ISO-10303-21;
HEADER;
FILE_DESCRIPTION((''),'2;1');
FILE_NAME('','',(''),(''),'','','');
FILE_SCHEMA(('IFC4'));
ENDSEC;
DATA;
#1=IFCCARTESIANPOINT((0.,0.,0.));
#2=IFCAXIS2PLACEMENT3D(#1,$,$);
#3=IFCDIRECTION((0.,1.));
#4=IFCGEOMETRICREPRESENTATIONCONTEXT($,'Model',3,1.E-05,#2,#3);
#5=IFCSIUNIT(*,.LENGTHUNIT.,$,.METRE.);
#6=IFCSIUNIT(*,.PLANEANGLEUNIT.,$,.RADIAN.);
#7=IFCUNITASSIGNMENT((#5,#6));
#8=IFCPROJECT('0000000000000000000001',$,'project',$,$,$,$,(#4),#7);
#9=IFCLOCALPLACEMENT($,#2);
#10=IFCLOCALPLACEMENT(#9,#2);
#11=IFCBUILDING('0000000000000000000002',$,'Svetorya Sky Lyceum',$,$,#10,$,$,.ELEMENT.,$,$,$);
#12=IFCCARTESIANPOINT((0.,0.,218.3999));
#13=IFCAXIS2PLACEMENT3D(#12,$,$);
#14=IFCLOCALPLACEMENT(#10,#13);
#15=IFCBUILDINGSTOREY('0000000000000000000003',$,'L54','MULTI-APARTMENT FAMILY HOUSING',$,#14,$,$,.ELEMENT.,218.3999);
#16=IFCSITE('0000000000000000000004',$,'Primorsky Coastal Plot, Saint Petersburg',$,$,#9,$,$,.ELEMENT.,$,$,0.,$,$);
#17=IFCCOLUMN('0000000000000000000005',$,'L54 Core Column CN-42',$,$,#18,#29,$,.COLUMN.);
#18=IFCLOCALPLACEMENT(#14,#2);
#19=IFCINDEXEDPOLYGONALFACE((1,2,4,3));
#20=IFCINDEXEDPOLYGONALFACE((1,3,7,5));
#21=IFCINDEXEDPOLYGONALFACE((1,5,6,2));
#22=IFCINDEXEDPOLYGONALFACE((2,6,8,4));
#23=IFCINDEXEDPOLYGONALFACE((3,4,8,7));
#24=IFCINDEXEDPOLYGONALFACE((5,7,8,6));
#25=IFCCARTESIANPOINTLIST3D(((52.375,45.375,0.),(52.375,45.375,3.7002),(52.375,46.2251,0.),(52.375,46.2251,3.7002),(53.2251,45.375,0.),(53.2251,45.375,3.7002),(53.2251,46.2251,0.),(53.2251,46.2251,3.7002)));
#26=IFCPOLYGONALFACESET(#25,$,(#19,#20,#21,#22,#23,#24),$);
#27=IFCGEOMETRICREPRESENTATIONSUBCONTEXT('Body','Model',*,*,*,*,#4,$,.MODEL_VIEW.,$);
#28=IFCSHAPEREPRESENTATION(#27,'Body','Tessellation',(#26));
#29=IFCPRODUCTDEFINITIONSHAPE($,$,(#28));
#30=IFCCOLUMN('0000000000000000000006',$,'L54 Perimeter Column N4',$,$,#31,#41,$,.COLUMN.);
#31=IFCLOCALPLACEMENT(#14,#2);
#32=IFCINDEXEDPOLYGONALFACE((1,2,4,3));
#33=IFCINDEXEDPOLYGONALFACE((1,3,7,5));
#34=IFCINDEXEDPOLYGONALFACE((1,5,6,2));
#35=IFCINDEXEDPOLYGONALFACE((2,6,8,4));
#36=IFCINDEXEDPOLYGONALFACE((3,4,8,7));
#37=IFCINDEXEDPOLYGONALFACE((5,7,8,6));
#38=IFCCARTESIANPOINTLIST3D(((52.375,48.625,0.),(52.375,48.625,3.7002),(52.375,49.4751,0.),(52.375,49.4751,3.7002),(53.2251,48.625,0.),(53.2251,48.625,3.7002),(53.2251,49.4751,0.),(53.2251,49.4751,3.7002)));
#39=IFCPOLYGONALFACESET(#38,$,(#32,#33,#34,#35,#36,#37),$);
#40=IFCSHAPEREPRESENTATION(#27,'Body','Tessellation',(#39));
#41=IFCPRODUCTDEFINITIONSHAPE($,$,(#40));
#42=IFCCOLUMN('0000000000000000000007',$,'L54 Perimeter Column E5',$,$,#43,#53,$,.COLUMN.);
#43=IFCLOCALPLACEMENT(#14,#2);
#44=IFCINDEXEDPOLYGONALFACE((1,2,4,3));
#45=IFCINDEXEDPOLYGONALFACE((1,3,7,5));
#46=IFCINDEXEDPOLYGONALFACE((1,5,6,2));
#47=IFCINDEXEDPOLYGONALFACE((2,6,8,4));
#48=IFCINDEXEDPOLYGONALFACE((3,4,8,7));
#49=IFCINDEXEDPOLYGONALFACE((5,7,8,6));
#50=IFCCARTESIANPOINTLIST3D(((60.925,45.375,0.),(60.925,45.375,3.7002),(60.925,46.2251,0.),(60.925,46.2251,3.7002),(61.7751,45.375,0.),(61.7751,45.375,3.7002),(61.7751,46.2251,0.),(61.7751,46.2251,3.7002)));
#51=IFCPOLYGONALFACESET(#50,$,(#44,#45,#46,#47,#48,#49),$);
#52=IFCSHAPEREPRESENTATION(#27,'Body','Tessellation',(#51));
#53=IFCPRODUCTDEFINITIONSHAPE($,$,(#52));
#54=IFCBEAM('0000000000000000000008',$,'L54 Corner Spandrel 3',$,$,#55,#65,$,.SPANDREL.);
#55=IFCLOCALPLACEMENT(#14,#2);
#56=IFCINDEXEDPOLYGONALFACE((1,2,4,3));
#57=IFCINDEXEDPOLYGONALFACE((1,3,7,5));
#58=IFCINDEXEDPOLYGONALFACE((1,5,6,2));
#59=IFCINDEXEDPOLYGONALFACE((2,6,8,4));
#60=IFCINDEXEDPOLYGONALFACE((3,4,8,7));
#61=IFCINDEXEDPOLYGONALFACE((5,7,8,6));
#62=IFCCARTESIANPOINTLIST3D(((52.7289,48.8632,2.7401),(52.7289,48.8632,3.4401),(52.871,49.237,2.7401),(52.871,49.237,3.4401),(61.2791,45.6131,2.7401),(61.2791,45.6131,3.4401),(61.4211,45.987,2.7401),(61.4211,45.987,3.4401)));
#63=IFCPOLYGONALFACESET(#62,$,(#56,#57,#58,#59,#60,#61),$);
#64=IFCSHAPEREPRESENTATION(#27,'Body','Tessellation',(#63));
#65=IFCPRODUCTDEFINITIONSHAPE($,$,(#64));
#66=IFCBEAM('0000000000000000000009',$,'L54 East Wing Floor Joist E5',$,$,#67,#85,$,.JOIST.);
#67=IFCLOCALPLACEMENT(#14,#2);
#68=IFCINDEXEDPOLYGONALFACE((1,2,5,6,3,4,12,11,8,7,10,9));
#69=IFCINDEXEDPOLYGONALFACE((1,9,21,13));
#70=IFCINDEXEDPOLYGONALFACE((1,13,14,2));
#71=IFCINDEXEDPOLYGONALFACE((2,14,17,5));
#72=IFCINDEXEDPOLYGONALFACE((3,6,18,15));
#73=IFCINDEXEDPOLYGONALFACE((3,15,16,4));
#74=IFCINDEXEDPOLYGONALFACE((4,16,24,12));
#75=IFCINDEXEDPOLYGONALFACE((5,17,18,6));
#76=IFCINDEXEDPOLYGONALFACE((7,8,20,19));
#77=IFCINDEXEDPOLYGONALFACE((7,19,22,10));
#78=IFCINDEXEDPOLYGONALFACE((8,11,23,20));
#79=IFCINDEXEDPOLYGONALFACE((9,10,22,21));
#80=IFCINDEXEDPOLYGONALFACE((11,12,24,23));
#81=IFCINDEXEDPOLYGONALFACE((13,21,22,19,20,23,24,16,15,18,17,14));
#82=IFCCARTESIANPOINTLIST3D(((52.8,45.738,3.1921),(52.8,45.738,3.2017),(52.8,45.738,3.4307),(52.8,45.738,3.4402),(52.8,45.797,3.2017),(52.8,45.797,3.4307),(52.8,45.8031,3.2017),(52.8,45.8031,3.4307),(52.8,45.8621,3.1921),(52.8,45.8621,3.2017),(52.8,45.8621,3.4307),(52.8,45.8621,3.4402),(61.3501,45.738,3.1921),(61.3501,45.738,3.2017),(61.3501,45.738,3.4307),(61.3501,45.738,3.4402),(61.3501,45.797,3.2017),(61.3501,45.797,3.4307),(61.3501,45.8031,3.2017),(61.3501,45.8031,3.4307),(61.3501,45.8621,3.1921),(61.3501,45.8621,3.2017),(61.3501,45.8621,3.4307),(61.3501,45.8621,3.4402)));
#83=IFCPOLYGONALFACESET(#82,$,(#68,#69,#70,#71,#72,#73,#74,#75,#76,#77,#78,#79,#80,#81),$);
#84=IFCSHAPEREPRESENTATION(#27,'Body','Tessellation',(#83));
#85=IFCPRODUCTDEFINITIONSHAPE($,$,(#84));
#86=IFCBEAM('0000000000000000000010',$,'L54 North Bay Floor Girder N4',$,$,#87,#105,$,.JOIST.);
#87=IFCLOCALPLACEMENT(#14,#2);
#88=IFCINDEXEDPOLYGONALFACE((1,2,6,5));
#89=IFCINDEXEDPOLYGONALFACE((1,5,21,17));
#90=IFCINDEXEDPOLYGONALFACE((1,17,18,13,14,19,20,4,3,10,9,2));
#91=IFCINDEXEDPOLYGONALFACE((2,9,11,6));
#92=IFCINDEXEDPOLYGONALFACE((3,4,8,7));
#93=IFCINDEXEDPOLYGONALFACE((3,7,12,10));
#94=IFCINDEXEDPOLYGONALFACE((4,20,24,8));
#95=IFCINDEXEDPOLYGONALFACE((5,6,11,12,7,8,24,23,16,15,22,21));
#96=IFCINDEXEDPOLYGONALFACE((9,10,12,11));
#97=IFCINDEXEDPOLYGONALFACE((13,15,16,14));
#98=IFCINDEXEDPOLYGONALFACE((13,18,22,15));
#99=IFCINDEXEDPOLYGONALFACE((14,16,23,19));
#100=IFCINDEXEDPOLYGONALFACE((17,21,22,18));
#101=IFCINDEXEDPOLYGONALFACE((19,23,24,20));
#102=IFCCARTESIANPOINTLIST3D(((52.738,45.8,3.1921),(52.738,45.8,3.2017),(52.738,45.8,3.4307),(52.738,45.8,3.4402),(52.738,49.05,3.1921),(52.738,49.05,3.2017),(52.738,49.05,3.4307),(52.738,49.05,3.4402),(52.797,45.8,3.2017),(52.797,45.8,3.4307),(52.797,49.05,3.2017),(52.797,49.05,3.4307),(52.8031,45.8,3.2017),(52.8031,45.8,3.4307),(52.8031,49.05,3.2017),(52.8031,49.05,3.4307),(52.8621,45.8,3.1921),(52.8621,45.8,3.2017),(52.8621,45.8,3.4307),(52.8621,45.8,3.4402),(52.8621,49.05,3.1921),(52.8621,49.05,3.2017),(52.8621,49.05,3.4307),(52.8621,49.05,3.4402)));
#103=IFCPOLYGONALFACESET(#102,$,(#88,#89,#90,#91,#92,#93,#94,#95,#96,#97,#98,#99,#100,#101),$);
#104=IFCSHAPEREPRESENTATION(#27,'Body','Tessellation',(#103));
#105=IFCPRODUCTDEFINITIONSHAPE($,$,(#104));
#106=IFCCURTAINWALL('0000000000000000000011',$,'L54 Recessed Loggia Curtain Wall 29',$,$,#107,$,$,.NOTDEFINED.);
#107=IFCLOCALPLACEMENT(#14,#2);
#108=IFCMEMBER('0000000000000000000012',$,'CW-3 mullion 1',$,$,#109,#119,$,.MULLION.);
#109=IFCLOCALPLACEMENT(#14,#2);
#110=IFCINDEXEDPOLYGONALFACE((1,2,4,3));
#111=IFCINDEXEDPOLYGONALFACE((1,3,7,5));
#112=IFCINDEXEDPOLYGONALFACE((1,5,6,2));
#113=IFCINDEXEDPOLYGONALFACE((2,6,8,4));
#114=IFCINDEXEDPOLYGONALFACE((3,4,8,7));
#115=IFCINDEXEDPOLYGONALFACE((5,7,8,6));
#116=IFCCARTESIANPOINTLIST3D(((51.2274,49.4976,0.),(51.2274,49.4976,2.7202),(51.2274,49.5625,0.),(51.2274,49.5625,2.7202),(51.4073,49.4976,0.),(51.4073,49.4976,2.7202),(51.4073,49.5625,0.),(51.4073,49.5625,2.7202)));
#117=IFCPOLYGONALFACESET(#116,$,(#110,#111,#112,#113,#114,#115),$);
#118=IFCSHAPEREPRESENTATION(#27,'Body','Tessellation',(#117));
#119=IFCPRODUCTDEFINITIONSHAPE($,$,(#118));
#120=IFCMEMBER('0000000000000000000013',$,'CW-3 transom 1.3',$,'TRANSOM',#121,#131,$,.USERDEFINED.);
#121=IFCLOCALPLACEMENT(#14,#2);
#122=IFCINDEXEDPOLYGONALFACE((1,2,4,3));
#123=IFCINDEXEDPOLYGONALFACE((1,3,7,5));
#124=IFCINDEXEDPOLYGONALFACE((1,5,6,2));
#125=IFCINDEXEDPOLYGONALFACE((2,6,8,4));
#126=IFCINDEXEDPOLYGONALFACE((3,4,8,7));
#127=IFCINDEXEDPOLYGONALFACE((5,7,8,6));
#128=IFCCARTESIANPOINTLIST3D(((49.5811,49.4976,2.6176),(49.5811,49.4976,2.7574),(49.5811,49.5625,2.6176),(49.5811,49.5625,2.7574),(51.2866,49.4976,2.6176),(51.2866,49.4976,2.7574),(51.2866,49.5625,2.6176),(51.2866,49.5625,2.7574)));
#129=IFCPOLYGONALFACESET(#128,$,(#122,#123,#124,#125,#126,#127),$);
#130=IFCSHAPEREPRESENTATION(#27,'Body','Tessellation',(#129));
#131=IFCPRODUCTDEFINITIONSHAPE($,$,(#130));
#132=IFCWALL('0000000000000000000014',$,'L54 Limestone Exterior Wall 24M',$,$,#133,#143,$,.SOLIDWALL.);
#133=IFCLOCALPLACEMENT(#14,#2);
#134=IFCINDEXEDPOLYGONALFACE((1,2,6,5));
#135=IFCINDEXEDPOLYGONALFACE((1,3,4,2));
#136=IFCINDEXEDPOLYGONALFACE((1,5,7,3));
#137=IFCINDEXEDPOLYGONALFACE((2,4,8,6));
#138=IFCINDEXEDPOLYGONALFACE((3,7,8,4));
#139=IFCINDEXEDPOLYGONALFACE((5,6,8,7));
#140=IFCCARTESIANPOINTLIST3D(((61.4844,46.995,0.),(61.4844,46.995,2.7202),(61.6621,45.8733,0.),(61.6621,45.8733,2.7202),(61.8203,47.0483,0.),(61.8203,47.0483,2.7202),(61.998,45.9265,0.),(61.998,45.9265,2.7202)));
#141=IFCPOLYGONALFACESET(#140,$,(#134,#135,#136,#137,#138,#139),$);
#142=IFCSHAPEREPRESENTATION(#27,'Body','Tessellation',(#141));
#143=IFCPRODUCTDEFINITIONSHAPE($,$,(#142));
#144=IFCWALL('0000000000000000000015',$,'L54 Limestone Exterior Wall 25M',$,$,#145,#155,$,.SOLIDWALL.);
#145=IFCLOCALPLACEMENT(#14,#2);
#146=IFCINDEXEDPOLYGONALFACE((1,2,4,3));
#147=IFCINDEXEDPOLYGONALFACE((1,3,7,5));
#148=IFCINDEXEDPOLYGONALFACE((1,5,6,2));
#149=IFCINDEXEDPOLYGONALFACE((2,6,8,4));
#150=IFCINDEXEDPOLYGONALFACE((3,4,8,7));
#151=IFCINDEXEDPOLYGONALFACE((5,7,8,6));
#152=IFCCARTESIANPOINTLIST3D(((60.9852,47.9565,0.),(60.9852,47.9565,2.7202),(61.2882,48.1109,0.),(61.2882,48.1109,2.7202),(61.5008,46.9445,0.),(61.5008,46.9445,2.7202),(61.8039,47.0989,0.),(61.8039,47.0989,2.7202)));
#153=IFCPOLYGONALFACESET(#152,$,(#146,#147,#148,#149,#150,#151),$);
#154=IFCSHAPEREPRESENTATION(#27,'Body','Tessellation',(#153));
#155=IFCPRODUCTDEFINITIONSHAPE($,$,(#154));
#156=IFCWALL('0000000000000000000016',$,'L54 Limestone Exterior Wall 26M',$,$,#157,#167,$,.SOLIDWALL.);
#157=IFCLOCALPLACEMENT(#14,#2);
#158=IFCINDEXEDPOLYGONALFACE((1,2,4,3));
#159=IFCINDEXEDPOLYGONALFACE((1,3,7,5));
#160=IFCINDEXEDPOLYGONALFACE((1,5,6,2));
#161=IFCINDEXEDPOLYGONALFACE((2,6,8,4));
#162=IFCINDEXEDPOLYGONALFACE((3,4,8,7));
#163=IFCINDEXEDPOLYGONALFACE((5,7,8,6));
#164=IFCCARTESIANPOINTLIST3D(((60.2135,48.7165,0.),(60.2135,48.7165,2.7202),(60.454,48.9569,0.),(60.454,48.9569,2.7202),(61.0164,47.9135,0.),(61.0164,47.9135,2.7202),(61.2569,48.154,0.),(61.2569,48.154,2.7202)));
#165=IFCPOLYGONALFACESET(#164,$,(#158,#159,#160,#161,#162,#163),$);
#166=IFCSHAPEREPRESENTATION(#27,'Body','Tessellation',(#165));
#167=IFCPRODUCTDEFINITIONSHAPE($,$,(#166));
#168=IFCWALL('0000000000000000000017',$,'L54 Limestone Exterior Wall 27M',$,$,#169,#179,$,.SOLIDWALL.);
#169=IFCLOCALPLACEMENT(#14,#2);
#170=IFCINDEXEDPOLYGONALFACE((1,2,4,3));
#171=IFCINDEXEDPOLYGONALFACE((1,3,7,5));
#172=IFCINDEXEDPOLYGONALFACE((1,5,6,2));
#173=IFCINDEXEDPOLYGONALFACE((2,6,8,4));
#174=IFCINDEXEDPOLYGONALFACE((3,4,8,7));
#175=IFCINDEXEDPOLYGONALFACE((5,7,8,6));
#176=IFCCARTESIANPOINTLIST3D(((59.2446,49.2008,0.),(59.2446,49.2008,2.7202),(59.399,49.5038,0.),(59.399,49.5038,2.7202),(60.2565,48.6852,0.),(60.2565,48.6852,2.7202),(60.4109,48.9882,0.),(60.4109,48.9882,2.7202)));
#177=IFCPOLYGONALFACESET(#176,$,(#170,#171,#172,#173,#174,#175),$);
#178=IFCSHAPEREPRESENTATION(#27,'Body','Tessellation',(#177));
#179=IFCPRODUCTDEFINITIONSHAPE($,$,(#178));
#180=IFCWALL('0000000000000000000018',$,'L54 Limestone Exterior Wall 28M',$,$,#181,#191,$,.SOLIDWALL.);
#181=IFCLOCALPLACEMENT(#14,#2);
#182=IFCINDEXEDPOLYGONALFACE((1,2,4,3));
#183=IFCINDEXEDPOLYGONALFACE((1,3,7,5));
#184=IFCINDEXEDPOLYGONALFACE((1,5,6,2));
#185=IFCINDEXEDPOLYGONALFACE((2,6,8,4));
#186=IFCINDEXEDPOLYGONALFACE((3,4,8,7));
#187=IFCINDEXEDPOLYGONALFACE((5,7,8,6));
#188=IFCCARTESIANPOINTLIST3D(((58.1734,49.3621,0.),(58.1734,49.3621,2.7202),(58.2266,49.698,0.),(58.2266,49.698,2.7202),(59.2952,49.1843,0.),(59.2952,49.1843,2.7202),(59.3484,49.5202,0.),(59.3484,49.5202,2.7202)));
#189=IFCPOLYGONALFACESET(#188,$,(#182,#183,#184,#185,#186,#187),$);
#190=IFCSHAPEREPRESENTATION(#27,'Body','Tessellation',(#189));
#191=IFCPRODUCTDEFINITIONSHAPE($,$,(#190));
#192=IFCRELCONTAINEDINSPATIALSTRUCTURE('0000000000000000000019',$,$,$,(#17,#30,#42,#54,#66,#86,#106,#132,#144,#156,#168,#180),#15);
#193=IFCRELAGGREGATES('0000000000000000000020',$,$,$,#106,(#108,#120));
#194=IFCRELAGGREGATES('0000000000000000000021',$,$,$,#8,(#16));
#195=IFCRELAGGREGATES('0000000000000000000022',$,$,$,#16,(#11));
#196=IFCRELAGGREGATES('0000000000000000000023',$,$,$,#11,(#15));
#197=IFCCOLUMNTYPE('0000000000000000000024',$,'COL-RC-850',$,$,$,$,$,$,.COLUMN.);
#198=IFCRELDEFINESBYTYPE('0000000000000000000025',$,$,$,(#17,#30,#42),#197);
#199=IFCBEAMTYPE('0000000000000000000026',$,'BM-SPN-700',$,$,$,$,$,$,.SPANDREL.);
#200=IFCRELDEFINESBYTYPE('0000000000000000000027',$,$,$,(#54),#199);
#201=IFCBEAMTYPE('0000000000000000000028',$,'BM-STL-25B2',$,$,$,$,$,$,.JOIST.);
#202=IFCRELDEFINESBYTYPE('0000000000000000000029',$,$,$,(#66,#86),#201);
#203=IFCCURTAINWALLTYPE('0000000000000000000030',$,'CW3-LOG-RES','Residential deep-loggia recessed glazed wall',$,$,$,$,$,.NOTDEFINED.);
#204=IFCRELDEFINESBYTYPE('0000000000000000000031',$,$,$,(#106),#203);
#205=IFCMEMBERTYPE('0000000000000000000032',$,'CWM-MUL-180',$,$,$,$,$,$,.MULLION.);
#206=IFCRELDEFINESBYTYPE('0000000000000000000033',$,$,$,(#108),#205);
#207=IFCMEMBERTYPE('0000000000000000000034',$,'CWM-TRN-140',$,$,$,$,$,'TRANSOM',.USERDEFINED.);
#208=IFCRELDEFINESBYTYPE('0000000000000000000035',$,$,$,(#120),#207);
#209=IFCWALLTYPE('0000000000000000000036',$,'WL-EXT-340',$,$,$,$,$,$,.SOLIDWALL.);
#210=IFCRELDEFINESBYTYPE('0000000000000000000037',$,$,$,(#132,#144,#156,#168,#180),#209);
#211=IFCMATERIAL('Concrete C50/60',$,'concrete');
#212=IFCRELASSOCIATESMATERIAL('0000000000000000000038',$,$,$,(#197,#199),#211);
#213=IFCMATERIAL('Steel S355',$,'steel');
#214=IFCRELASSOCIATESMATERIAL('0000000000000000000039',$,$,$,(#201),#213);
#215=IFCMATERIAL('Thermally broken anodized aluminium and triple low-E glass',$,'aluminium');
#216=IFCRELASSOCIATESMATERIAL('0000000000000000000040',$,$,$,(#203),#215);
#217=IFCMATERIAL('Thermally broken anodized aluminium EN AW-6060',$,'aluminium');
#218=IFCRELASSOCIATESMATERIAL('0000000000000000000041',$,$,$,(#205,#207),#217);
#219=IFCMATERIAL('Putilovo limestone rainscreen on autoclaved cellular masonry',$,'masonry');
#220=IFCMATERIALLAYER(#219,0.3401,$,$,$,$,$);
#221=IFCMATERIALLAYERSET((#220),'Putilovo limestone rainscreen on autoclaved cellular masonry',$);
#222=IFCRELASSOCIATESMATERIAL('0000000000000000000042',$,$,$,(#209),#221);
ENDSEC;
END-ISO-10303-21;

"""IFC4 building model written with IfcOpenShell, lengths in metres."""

from ifc_helpers import new_model, si_unit, direction, frame, frame_2d, origin, origin_2d, place, context, subcontext, project, spatial, rectangle, i_section, extrude, material, layer, layer_set, material_profile, profile_set, type_object, element, aggregate, save


model = new_model("IFC4")

# Units and contexts
model_context = context("Model", 3, precision=1e-05, world=origin(), true_north=direction((0.0, 1.0)))
body_context = subcontext(model_context, "Body", "Model", "MODEL_VIEW")
ifc_project = project(units=[si_unit("LENGTHUNIT", "METRE"), si_unit("PLANEANGLEUNIT", "RADIAN")], contexts=[model_context])

# Site, building, storey
site_placement = place(None, origin())
site = spatial("IfcSite", under=ifc_project, at=site_placement, Name="Primorsky Coastal Plot, Saint Petersburg", CompositionType="ELEMENT", RefElevation=0.0)
building_placement = place(site_placement, origin())
building = spatial("IfcBuilding", under=site, at=building_placement, Name="Svetorya Sky Lyceum", CompositionType="ELEMENT")
storey_placement = place(building_placement, frame((0.0, 0.0, 218.3999)))
storey = spatial("IfcBuildingStorey", under=building, at=storey_placement, Name="L54", Description="MULTI-APARTMENT FAMILY HOUSING", CompositionType="ELEMENT", Elevation=218.3999)

# Columns
ifc_material_1 = material(Name="Concrete C50/60", Category="concrete")
ifc_material_profile_1 = material_profile(ifc_material_1, rectangle(XDim=0.8501, YDim=0.8501, at=origin_2d()), Name="RC COL 850x850")
ifc_profile_set_1 = profile_set([ifc_material_profile_1], Name="Concrete C50/60")
column_type = type_object("IfcColumnType", Name="COL-RC-850", PredefinedType="COLUMN", material=ifc_profile_set_1)
for number, where, z_axis, x_axis, name in (
    (1, (52.8, 45.8, 0.0), (0.0, 0.0, 1.0), (1.0, 0.0, 0.0), "L54 Core Column CN-42"),
    (2, (52.8, 49.05, 0.0), (0.0, 0.0, 1.0), (1.0, 0.0, 0.0), "L54 Perimeter Column N4"),
    (3, (61.3501, 45.8, 0.0), (0.0, 0.0, 1.0), (1.0, 0.0, 0.0), "L54 Perimeter Column E5"),
):
    element("IfcColumn", number, at=place(storey_placement, frame(where, z_axis=z_axis, x_axis=x_axis)), inside=storey, type_object=column_type, Name=name, PredefinedType="COLUMN", context=body_context, shape_type="SweptSolid", body=[
        extrude(rectangle(XDim=0.8501, YDim=0.8501, at=origin_2d()), origin(), (0.0, 0.0, 1.0), 3.7002),
    ])

# Beams
ifc_material_profile_2 = material_profile(ifc_material_1, rectangle(XDim=0.3999, YDim=0.7, at=origin_2d()), Name="RC SPANDREL 400x700")
ifc_profile_set_2 = profile_set([ifc_material_profile_2], Name="Concrete C50/60")
beam_type_1 = type_object("IfcBeamType", Name="BM-SPN-700", PredefinedType="SPANDREL", material=ifc_profile_set_2)
beam_1_placement = place(storey_placement, frame((61.3501, 45.8, 3.0901), z_axis=(-0.934748, 0.355312, 0.0), x_axis=(-0.355312, -0.934748, 0.0)))
element("IfcBeam", 4, at=beam_1_placement, inside=storey, type_object=beam_type_1, Name="L54 Corner Spandrel 3", PredefinedType="SPANDREL", context=body_context, shape_type="SweptSolid", body=[
    extrude(rectangle(XDim=0.3999, YDim=0.7, at=origin_2d()), origin(), (0.0, 0.0, 1.0), 9.147),
])
ifc_material_2 = material(Name="Steel S355", Category="steel")
ifc_material_profile_3 = material_profile(ifc_material_2, i_section(OverallWidth=0.124, OverallDepth=0.248, WebThickness=0.0061, FlangeThickness=0.0095, at=origin_2d()), Name="GOST 25B2")
ifc_profile_set_3 = profile_set([ifc_material_profile_3], Name="Steel S355")
beam_type_2 = type_object("IfcBeamType", Name="BM-STL-25B2", PredefinedType="JOIST", material=ifc_profile_set_3)
beam_2_placement = place(storey_placement, frame((52.8, 45.8, 3.3162), z_axis=(1.0, 0.0, 0.0), x_axis=(0.0, 1.0, 0.0)))
element("IfcBeam", 5, at=beam_2_placement, inside=storey, type_object=beam_type_2, Name="L54 East Wing Floor Joist E5", PredefinedType="JOIST", context=body_context, shape_type="SweptSolid", body=[
    extrude(i_section(OverallWidth=0.124, OverallDepth=0.248, WebThickness=0.0061, FlangeThickness=0.0095, at=origin_2d()), origin(), (0.0, 0.0, 1.0), 8.55),
])
beam_3_placement = place(storey_placement, frame((52.8, 45.8, 3.3162), z_axis=(0.0, 1.0, 0.0), x_axis=(-1.0, 0.0, 0.0)))
element("IfcBeam", 6, at=beam_3_placement, inside=storey, type_object=beam_type_2, Name="L54 North Bay Floor Girder N4", PredefinedType="JOIST", context=body_context, shape_type="SweptSolid", body=[
    extrude(i_section(OverallWidth=0.124, OverallDepth=0.248, WebThickness=0.0061, FlangeThickness=0.0095, at=origin_2d()), origin(), (0.0, 0.0, 1.0), 3.25),
])

# Curtain wall, members
ifc_material_3 = material(Name="Thermally broken anodized aluminium and triple low-E glass", Category="aluminium")
curtain_wall_type = type_object("IfcCurtainWallType", Name="CW3-LOG-RES", Description="Residential deep-loggia recessed glazed wall", PredefinedType="NOTDEFINED", material=ifc_material_3)
curtain_wall_placement = place(storey_placement, origin())
curtain_wall = element("IfcCurtainWall", 7, at=curtain_wall_placement, inside=storey, type_object=curtain_wall_type, Name="L54 Recessed Loggia Curtain Wall 29", PredefinedType="NOTDEFINED")
ifc_material_4 = material(Name="Thermally broken anodized aluminium EN AW-6060", Category="aluminium")
ifc_material_profile_4 = material_profile(ifc_material_4, rectangle(XDim=0.0649, YDim=0.1799, at=origin_2d()), Name="ALU MULLION 65x180")
ifc_profile_set_4 = profile_set([ifc_material_profile_4], Name="Thermally broken anodized aluminium EN AW-6060")
member_type_1 = type_object("IfcMemberType", Name="CWM-MUL-180", PredefinedType="MULLION", material=ifc_profile_set_4)
member_1_placement = place(storey_placement, frame((51.3174, 49.53, 0.0), z_axis=(0.0, 0.0, 1.0), x_axis=(0.0, -1.0, 0.0)))
member_1 = element("IfcMember", 8, at=member_1_placement, type_object=member_type_1, Name="CW-3 mullion 1", PredefinedType="MULLION", context=body_context, shape_type="SweptSolid", body=[
    extrude(rectangle(XDim=0.0649, YDim=0.1799, at=origin_2d()), origin(), (0.0, 0.0, 1.0), 2.7202),
])
ifc_material_profile_5 = material_profile(ifc_material_4, rectangle(XDim=0.0649, YDim=0.1399, at=origin_2d()), Name="ALU TRANSOM 65x140")
ifc_profile_set_5 = profile_set([ifc_material_profile_5], Name="Thermally broken anodized aluminium EN AW-6060")
member_type_2 = type_object("IfcMemberType", Name="CWM-TRN-140", ElementType="TRANSOM", PredefinedType="USERDEFINED", material=ifc_profile_set_5)
member_2_placement = place(storey_placement, frame((51.2866, 49.53, 2.6875), z_axis=(-1.0, 0.0, 0.0), x_axis=(0.0, -1.0, 0.0)))
member_2 = element("IfcMember", 9, at=member_2_placement, type_object=member_type_2, Name="CW-3 transom 1.3", ObjectType="TRANSOM", PredefinedType="USERDEFINED", context=body_context, shape_type="SweptSolid", body=[
    extrude(rectangle(XDim=0.0649, YDim=0.1399, at=origin_2d()), origin(), (0.0, 0.0, 1.0), 1.7056),
])
aggregate(curtain_wall, [member_1, member_2])

# Walls
ifc_material_5 = material(Name="Putilovo limestone rainscreen on autoclaved cellular masonry", Category="masonry")
ifc_layer_1 = layer(ifc_material_5, 0.3401)
ifc_layer_set_1 = layer_set([ifc_layer_1], Name="Putilovo limestone rainscreen on autoclaved cellular masonry")
wall_type_1 = type_object("IfcWallType", Name="WL-EXT-340", PredefinedType="SOLIDWALL", material=ifc_layer_set_1)
for number, where, z_axis, x_axis, name in (
    (10, (61.8301, 45.8999, 0.0), (0.0, 0.0, 1.0), (-0.156481, 0.987681, 0.0), "L54 Limestone Exterior Wall 24M"),
    (11, (61.6523, 47.0217, 0.0), (0.0, 0.0, 1.0), (-0.453993, 0.891005, 0.0), "L54 Limestone Exterior Wall 25M"),
):
    element("IfcWall", number, at=place(storey_placement, frame(where, z_axis=z_axis, x_axis=x_axis)), inside=storey, type_object=wall_type_1, Name=name, PredefinedType="SOLIDWALL", context=body_context, shape_type="SweptSolid", body=[
        extrude(rectangle(XDim=1.1357, YDim=0.3401, at=frame_2d((0.5679, 0.0))), origin(), (0.0, 0.0, 1.0), 2.7202),
    ])
wall_1_placement = place(storey_placement, frame((61.1367, 48.0337, 0.0), z_axis=(0.0, 0.0, 1.0), x_axis=(-0.707107, 0.707107, 0.0)))
element("IfcWall", 12, at=wall_1_placement, inside=storey, type_object=wall_type_1, Name="L54 Limestone Exterior Wall 26M", PredefinedType="SOLIDWALL", context=body_context, shape_type="SweptSolid", body=[
    extrude(rectangle(XDim=1.1355, YDim=0.3401, at=frame_2d((0.5679, 0.0))), origin(), (0.0, 0.0, 1.0), 2.7202),
])
for number, where, z_axis, x_axis, name in (
    (13, (60.3337, 48.8367, 0.0), (0.0, 0.0, 1.0), (-0.891005, 0.453993, 0.0), "L54 Limestone Exterior Wall 27M"),
    (14, (59.3218, 49.3523, 0.0), (0.0, 0.0, 1.0), (-0.987681, 0.156481, 0.0), "L54 Limestone Exterior Wall 28M"),
):
    element("IfcWall", number, at=place(storey_placement, frame(where, z_axis=z_axis, x_axis=x_axis)), inside=storey, type_object=wall_type_1, Name=name, PredefinedType="SOLIDWALL", context=body_context, shape_type="SweptSolid", body=[
        extrude(rectangle(XDim=1.1357, YDim=0.3401, at=frame_2d((0.5679, 0.0))), origin(), (0.0, 0.0, 1.0), 2.7202),
    ])

save(model, "model.ifc")
